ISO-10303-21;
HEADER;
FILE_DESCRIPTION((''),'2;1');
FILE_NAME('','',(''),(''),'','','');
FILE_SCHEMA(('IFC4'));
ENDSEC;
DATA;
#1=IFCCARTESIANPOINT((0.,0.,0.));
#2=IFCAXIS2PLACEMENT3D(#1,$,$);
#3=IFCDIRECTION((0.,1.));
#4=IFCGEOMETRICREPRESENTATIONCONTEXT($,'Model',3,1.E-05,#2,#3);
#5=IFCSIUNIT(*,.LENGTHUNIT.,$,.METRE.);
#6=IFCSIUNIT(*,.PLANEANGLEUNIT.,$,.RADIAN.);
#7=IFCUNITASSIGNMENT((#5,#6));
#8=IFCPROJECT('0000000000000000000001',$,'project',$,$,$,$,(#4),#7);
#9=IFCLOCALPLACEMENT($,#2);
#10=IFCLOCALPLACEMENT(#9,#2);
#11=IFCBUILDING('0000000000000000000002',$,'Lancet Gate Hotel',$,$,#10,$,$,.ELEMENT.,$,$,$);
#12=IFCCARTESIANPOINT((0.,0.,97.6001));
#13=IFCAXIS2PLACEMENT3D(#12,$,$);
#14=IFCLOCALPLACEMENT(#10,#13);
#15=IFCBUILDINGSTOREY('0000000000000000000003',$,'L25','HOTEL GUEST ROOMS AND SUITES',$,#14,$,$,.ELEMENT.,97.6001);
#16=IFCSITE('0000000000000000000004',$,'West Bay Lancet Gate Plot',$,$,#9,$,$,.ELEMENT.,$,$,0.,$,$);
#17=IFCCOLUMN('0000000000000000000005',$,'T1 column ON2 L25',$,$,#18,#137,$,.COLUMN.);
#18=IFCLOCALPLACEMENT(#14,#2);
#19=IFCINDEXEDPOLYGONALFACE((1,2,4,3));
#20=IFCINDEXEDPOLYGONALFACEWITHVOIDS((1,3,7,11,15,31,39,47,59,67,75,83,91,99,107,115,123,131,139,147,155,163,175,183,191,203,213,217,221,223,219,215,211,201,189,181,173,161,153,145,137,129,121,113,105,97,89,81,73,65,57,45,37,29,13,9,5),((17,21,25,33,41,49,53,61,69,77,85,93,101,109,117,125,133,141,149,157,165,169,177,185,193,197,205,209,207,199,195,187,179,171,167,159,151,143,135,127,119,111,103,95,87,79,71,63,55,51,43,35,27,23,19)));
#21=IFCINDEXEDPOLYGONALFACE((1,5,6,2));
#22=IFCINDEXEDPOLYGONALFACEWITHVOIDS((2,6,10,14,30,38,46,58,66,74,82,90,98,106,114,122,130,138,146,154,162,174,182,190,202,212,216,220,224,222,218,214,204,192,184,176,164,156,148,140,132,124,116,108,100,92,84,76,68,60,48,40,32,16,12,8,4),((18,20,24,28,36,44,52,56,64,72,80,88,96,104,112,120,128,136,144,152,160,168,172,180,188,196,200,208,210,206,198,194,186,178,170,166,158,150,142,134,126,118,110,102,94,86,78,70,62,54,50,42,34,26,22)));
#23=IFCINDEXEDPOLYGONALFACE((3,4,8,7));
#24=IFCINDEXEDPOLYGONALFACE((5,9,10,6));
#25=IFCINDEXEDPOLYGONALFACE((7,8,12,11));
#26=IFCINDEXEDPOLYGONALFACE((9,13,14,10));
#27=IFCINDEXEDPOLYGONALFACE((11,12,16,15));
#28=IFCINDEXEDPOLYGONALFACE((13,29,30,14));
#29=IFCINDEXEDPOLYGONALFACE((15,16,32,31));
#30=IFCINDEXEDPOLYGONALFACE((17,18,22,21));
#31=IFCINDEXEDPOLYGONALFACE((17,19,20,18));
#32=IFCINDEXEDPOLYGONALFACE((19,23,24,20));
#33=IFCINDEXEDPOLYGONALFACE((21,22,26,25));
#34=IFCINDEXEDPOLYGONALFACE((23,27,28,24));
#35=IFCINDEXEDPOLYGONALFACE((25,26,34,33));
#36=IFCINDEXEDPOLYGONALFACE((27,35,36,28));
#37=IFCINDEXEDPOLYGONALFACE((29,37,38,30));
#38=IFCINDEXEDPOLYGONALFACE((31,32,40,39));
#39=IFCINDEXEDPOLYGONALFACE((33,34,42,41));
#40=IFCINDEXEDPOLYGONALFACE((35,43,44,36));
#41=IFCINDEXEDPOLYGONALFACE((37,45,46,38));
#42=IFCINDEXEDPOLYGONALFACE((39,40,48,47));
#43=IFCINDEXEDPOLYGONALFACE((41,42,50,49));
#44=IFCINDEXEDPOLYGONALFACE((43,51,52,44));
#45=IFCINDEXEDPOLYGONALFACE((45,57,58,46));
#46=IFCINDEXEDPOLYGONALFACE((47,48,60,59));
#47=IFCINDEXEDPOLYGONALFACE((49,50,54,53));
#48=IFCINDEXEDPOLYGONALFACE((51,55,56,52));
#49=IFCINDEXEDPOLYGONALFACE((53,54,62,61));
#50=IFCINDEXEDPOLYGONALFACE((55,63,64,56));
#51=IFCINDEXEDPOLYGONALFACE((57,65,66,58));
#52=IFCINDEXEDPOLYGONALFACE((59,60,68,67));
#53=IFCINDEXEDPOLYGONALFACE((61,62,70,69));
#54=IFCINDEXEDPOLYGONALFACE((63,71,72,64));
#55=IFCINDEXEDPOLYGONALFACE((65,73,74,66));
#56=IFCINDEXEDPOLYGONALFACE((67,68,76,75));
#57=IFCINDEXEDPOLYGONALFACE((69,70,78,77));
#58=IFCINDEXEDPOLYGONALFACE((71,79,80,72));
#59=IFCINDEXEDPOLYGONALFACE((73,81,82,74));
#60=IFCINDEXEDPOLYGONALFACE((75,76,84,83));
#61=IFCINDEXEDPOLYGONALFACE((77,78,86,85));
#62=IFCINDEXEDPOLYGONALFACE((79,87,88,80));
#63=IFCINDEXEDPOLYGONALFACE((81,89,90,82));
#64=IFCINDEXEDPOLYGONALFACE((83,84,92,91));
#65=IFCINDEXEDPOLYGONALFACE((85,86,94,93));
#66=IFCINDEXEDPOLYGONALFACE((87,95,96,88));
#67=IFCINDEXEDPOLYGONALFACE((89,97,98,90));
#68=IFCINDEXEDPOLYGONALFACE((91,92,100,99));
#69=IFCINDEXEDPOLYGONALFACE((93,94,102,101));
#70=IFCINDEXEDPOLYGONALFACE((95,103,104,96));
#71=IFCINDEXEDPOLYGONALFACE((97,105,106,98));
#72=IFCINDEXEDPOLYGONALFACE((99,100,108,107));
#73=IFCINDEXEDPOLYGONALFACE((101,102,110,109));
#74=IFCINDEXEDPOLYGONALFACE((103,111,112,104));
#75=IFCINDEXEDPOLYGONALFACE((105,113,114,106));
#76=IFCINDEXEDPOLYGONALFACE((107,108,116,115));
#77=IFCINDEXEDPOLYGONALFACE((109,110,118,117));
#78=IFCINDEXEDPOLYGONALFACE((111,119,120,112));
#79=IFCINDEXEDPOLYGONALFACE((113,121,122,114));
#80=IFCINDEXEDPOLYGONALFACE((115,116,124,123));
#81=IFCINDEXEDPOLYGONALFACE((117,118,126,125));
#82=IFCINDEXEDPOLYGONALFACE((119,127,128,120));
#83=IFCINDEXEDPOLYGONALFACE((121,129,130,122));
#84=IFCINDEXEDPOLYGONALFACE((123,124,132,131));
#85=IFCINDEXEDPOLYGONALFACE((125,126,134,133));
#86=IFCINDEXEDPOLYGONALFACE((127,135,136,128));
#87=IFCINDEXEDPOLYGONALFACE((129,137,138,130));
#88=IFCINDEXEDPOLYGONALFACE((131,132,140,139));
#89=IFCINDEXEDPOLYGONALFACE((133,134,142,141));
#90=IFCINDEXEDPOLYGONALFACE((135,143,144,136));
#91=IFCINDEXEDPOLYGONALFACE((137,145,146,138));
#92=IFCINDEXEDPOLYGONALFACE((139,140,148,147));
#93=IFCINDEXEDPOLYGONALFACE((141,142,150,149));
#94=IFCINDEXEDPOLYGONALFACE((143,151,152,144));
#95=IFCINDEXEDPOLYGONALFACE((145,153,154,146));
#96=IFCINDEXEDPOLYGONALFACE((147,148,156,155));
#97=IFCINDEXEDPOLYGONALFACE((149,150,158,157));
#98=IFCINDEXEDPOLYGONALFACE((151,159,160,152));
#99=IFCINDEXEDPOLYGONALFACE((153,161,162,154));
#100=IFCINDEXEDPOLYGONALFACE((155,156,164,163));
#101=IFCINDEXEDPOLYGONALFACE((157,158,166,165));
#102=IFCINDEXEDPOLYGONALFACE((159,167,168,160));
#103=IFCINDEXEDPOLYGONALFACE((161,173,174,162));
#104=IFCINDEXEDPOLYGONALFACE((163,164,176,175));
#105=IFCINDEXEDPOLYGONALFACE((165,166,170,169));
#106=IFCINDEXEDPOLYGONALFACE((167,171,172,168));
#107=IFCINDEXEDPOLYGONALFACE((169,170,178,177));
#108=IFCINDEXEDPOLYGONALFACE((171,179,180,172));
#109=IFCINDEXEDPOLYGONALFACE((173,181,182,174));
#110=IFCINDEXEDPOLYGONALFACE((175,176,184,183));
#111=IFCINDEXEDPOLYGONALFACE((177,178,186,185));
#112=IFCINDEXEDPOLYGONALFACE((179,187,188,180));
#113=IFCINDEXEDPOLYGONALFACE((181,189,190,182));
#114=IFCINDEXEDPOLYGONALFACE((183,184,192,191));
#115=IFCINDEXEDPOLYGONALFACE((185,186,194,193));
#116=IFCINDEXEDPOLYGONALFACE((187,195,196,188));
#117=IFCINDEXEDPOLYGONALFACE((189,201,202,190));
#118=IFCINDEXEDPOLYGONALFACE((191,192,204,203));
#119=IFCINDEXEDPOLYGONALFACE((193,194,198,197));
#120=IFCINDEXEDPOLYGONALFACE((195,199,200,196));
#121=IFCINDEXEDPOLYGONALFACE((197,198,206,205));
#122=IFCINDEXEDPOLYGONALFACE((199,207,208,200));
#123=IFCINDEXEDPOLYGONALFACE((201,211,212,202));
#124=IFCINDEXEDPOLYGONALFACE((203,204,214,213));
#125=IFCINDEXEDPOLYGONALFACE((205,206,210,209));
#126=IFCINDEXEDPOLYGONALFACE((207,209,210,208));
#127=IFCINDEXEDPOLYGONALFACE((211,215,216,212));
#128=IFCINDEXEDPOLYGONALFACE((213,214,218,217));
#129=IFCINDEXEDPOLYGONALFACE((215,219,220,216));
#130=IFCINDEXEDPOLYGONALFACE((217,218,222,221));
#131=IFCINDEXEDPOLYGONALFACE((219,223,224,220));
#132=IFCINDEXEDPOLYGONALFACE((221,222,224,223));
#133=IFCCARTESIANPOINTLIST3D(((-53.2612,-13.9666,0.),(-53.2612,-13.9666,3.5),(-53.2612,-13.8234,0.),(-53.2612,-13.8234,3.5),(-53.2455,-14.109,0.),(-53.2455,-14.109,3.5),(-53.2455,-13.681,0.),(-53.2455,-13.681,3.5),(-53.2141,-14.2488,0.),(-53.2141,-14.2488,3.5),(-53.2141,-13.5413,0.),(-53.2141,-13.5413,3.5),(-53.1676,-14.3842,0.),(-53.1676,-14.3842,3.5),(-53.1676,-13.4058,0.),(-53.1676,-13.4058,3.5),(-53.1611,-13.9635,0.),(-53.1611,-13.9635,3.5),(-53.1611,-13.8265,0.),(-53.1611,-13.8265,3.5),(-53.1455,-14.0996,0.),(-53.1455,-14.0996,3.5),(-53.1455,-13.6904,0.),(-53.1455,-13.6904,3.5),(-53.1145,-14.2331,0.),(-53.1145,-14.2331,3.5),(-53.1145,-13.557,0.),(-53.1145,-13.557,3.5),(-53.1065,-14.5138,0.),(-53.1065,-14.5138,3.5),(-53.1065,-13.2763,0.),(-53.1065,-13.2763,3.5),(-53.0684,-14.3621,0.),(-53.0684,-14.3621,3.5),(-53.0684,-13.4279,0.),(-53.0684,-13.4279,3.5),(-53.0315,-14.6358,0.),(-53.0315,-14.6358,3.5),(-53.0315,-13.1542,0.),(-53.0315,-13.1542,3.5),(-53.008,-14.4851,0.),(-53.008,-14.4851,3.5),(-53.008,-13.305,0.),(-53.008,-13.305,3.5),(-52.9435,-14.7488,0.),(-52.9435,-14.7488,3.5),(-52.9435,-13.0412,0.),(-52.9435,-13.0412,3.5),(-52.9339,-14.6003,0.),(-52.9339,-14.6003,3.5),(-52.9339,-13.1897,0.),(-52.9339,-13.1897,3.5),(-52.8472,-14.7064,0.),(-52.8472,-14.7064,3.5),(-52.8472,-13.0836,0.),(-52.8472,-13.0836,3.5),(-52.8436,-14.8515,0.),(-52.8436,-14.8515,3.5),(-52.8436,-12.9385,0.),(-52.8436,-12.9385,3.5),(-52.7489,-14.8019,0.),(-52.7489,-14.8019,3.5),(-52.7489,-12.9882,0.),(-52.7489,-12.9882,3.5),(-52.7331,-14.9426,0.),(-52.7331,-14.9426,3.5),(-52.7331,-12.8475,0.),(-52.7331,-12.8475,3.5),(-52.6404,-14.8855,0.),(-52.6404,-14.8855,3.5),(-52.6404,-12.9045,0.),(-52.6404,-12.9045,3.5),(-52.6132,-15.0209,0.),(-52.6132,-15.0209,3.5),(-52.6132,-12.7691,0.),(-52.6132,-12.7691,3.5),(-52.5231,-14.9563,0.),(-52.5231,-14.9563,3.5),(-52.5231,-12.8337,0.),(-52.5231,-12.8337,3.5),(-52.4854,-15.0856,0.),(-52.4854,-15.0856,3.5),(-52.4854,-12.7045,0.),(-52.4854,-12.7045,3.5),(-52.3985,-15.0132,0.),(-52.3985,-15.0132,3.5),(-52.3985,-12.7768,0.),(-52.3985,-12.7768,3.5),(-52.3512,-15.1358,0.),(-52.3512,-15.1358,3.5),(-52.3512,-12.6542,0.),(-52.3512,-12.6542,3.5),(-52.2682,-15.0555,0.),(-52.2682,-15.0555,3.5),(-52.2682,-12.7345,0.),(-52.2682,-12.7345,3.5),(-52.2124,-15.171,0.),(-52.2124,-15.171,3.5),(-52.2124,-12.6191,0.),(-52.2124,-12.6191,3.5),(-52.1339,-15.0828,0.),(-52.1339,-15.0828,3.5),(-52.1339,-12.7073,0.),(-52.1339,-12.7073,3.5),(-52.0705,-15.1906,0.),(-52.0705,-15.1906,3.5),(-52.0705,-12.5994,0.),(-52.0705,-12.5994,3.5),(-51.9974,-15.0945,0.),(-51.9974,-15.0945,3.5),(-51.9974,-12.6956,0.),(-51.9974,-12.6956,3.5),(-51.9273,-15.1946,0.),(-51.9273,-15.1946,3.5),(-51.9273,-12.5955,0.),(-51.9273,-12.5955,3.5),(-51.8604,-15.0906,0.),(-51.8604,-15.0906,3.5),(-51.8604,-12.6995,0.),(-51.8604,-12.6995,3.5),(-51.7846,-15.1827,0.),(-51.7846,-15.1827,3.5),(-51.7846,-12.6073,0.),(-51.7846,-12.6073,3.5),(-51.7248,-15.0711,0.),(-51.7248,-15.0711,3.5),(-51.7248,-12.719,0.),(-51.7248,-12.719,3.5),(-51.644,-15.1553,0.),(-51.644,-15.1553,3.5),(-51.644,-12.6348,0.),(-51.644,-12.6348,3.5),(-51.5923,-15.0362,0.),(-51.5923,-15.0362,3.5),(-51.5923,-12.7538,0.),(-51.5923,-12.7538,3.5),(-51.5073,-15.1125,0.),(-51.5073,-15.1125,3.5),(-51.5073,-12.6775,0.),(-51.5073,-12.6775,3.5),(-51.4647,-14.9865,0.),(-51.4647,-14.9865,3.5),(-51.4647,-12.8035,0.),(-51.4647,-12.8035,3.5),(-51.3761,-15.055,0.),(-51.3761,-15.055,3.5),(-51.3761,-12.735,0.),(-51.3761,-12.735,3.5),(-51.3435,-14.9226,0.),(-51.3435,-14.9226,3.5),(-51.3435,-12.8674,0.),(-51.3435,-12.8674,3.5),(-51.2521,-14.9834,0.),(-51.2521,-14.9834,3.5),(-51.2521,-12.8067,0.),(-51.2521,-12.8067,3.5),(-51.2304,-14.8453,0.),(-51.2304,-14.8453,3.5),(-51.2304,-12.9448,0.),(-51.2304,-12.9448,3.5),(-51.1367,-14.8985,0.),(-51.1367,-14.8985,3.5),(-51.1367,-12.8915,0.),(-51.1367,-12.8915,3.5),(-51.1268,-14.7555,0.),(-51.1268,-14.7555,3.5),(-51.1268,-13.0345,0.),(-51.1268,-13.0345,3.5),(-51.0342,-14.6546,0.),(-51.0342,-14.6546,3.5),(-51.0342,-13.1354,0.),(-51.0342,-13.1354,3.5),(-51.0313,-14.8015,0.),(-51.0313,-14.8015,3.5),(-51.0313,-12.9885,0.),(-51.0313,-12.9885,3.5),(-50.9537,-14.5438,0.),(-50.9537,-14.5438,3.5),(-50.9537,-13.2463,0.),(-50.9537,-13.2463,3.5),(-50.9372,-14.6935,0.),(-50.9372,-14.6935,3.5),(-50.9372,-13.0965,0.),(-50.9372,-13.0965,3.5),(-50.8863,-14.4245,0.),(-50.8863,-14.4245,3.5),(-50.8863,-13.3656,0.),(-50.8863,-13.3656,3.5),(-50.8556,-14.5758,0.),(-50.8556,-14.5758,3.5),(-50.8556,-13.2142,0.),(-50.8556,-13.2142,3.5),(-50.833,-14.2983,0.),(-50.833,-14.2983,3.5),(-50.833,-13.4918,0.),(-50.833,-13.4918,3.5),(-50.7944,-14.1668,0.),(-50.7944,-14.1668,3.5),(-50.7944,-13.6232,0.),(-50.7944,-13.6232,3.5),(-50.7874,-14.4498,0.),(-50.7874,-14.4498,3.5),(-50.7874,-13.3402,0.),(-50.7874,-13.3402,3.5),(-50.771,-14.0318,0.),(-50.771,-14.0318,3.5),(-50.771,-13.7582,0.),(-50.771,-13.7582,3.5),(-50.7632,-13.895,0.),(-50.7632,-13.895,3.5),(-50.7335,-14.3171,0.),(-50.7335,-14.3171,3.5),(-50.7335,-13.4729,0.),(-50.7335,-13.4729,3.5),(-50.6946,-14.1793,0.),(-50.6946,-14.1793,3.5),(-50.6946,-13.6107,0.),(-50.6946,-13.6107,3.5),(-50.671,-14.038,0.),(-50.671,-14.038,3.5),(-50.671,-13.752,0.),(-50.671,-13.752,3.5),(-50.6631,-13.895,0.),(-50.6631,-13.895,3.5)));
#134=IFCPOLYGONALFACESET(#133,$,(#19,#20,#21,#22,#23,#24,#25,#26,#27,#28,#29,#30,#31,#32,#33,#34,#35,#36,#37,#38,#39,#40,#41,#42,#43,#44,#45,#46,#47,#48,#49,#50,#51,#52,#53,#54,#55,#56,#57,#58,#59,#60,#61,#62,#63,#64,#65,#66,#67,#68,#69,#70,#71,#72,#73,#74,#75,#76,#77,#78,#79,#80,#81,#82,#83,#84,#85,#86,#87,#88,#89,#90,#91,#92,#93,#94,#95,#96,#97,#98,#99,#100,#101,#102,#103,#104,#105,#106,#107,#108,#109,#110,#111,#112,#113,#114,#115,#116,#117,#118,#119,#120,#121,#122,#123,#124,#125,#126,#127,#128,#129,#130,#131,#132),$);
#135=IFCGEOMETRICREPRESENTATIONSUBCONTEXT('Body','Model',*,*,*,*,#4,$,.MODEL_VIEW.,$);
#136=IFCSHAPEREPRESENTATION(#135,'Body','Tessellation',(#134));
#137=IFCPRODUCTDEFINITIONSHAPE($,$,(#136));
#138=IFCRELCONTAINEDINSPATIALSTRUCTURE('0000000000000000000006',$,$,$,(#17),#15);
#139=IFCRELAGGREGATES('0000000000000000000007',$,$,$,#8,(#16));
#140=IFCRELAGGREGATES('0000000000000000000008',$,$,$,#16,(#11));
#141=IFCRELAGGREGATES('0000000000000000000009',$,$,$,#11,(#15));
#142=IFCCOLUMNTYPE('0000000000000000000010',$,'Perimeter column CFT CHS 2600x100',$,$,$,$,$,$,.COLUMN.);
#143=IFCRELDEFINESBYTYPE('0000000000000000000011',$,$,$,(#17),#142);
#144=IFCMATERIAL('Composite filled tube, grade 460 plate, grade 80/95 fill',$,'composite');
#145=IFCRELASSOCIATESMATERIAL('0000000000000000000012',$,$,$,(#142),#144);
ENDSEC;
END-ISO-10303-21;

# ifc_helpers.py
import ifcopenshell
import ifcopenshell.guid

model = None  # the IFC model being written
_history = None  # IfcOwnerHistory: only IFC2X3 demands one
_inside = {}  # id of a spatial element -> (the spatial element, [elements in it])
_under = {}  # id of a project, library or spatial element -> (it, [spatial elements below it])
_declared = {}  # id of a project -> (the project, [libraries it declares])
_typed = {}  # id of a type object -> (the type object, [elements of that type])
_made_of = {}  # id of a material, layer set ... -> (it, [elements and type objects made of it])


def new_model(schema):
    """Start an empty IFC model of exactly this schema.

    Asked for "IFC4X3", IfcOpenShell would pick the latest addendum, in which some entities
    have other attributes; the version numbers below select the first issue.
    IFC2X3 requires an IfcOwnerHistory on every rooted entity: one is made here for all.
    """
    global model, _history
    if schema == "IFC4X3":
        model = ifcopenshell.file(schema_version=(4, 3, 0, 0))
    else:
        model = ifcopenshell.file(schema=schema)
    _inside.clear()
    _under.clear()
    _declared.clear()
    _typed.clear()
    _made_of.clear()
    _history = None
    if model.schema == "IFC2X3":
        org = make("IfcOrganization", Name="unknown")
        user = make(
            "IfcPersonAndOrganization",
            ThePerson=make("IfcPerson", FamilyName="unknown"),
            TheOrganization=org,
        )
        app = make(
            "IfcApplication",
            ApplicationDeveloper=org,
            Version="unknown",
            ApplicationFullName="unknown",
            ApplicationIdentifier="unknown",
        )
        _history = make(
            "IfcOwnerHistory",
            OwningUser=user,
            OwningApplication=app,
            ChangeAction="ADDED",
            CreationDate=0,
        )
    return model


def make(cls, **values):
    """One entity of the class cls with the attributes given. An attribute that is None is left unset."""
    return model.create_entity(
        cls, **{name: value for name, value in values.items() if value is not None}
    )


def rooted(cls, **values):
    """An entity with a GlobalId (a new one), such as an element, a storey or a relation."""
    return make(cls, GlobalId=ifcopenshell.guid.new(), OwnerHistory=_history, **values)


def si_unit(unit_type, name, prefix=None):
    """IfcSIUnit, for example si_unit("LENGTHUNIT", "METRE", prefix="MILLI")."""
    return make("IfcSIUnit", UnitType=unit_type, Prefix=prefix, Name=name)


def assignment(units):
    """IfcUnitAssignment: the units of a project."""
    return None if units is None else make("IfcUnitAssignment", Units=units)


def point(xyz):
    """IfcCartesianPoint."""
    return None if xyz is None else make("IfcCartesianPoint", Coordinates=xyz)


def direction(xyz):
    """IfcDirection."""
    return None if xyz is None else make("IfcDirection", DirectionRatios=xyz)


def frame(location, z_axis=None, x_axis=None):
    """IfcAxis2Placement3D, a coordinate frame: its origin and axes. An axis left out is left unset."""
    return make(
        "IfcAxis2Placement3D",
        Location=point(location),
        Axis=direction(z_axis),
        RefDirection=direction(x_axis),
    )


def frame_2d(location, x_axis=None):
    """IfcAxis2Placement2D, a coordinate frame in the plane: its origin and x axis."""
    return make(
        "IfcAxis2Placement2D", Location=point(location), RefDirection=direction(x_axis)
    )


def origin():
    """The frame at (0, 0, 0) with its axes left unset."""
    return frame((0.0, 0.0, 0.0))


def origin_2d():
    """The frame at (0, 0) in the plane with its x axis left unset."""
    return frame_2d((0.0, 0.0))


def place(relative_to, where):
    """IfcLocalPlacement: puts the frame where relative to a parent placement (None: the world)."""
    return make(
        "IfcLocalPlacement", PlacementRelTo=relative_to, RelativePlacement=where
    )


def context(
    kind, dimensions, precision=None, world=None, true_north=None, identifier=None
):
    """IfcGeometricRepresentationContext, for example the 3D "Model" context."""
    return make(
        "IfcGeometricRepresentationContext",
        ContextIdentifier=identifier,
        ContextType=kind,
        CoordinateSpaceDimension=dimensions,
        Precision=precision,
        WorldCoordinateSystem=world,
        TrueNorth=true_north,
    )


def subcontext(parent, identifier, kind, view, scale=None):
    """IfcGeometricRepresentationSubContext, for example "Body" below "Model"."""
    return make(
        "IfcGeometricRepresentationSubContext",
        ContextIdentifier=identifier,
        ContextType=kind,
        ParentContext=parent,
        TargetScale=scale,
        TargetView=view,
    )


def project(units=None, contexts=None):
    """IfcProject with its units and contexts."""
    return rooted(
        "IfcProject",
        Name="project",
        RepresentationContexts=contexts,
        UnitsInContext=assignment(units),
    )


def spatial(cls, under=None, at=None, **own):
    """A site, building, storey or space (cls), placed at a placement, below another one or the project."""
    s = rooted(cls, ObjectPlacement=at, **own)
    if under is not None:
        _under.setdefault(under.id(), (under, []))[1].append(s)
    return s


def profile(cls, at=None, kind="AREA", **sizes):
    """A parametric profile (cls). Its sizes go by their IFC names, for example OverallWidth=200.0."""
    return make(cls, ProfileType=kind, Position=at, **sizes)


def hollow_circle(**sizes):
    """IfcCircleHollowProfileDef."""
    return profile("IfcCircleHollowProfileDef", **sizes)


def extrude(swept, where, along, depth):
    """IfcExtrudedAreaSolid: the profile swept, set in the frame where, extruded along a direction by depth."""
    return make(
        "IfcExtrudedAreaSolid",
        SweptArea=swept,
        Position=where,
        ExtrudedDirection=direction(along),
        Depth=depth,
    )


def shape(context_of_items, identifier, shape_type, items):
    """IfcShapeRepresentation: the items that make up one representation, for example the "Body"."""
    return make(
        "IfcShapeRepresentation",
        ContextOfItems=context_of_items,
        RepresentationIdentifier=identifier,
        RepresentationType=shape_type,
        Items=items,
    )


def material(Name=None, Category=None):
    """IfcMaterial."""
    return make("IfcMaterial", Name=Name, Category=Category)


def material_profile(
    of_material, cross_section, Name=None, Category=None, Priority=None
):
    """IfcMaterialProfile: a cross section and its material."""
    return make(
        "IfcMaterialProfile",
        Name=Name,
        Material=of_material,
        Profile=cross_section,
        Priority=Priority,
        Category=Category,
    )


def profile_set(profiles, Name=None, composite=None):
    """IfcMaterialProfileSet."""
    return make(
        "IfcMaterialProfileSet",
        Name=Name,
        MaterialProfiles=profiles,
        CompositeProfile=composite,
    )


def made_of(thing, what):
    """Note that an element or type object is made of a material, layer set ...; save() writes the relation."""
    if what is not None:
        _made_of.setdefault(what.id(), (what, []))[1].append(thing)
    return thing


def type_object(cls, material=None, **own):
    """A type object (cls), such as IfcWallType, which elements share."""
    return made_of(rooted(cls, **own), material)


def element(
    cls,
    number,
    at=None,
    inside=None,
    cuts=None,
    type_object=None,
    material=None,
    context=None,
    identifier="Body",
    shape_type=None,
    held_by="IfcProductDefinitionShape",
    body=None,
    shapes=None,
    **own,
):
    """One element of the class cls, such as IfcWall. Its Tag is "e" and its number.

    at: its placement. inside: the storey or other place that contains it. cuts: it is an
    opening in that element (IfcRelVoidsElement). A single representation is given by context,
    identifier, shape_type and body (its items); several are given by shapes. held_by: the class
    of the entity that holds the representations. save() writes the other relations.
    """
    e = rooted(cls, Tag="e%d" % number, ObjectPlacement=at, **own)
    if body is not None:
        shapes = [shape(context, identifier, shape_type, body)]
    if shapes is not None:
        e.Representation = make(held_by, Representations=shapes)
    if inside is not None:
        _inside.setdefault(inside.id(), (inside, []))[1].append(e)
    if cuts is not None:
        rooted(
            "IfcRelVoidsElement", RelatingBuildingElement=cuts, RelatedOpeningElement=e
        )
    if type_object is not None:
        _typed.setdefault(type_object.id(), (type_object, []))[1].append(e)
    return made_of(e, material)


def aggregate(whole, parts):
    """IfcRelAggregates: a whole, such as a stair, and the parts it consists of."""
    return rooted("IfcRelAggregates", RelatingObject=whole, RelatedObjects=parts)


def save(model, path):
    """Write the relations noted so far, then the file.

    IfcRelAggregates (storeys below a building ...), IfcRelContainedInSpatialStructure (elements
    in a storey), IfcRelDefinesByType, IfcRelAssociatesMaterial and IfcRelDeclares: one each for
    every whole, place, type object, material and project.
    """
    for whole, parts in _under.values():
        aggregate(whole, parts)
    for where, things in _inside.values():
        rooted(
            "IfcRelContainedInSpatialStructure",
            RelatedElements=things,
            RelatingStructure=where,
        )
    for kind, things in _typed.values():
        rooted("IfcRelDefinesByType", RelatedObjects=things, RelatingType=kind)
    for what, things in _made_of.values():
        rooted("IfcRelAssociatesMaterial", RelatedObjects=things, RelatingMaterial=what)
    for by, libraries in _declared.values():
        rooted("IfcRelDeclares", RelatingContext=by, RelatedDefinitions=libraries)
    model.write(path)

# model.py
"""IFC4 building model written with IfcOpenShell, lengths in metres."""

from ifc_helpers import new_model, si_unit, direction, frame, origin, origin_2d, place, context, subcontext, project, spatial, hollow_circle, extrude, material, material_profile, profile_set, type_object, element, save


model = new_model("IFC4")

# Units and contexts
model_context = context("Model", 3, precision=1e-05, world=origin(), true_north=direction((0.0, 1.0)))
body_context = subcontext(model_context, "Body", "Model", "MODEL_VIEW")
ifc_project = project(units=[si_unit("LENGTHUNIT", "METRE"), si_unit("PLANEANGLEUNIT", "RADIAN")], contexts=[model_context])

# Site, building, storey
site_placement = place(None, origin())
site = spatial("IfcSite", under=ifc_project, at=site_placement, Name="West Bay Lancet Gate Plot", CompositionType="ELEMENT", RefElevation=0.0)
building_placement = place(site_placement, origin())
building = spatial("IfcBuilding", under=site, at=building_placement, Name="Lancet Gate Hotel", CompositionType="ELEMENT")
storey_placement = place(building_placement, frame((0.0, 0.0, 97.6001)))
storey = spatial("IfcBuildingStorey", under=building, at=storey_placement, Name="L25", Description="HOTEL GUEST ROOMS AND SUITES", CompositionType="ELEMENT", Elevation=97.6001)

# Column
ifc_material_1 = material(Name="Composite filled tube, grade 460 plate, grade 80/95 fill", Category="composite")
ifc_material_profile_1 = material_profile(ifc_material_1, hollow_circle(Radius=1.3, WallThickness=0.1001, at=origin_2d()), Name="CHS 2600x100")
ifc_profile_set_1 = profile_set([ifc_material_profile_1], Name="Composite filled tube, grade 460 plate, grade 80/95 fill")
column_type = type_object("IfcColumnType", Name="Perimeter column CFT CHS 2600x100", PredefinedType="COLUMN", material=ifc_profile_set_1)
for number, where, z_axis, x_axis, name in (
    (1, (-51.9631, -13.895, 0.0), (0.0, 0.0, 1.0), (1.0, 0.0, 0.0), "T1 column ON2 L25"),
):
    element("IfcColumn", number, at=place(storey_placement, frame(where, z_axis=z_axis, x_axis=x_axis)), inside=storey, type_object=column_type, Name=name, PredefinedType="COLUMN", context=body_context, shape_type="SweptSolid", body=[
        extrude(hollow_circle(Radius=1.3, WallThickness=0.1001, at=origin_2d()), origin(), (0.0, 0.0, 1.0), 3.5),
    ])

save(model, "model.ifc")
